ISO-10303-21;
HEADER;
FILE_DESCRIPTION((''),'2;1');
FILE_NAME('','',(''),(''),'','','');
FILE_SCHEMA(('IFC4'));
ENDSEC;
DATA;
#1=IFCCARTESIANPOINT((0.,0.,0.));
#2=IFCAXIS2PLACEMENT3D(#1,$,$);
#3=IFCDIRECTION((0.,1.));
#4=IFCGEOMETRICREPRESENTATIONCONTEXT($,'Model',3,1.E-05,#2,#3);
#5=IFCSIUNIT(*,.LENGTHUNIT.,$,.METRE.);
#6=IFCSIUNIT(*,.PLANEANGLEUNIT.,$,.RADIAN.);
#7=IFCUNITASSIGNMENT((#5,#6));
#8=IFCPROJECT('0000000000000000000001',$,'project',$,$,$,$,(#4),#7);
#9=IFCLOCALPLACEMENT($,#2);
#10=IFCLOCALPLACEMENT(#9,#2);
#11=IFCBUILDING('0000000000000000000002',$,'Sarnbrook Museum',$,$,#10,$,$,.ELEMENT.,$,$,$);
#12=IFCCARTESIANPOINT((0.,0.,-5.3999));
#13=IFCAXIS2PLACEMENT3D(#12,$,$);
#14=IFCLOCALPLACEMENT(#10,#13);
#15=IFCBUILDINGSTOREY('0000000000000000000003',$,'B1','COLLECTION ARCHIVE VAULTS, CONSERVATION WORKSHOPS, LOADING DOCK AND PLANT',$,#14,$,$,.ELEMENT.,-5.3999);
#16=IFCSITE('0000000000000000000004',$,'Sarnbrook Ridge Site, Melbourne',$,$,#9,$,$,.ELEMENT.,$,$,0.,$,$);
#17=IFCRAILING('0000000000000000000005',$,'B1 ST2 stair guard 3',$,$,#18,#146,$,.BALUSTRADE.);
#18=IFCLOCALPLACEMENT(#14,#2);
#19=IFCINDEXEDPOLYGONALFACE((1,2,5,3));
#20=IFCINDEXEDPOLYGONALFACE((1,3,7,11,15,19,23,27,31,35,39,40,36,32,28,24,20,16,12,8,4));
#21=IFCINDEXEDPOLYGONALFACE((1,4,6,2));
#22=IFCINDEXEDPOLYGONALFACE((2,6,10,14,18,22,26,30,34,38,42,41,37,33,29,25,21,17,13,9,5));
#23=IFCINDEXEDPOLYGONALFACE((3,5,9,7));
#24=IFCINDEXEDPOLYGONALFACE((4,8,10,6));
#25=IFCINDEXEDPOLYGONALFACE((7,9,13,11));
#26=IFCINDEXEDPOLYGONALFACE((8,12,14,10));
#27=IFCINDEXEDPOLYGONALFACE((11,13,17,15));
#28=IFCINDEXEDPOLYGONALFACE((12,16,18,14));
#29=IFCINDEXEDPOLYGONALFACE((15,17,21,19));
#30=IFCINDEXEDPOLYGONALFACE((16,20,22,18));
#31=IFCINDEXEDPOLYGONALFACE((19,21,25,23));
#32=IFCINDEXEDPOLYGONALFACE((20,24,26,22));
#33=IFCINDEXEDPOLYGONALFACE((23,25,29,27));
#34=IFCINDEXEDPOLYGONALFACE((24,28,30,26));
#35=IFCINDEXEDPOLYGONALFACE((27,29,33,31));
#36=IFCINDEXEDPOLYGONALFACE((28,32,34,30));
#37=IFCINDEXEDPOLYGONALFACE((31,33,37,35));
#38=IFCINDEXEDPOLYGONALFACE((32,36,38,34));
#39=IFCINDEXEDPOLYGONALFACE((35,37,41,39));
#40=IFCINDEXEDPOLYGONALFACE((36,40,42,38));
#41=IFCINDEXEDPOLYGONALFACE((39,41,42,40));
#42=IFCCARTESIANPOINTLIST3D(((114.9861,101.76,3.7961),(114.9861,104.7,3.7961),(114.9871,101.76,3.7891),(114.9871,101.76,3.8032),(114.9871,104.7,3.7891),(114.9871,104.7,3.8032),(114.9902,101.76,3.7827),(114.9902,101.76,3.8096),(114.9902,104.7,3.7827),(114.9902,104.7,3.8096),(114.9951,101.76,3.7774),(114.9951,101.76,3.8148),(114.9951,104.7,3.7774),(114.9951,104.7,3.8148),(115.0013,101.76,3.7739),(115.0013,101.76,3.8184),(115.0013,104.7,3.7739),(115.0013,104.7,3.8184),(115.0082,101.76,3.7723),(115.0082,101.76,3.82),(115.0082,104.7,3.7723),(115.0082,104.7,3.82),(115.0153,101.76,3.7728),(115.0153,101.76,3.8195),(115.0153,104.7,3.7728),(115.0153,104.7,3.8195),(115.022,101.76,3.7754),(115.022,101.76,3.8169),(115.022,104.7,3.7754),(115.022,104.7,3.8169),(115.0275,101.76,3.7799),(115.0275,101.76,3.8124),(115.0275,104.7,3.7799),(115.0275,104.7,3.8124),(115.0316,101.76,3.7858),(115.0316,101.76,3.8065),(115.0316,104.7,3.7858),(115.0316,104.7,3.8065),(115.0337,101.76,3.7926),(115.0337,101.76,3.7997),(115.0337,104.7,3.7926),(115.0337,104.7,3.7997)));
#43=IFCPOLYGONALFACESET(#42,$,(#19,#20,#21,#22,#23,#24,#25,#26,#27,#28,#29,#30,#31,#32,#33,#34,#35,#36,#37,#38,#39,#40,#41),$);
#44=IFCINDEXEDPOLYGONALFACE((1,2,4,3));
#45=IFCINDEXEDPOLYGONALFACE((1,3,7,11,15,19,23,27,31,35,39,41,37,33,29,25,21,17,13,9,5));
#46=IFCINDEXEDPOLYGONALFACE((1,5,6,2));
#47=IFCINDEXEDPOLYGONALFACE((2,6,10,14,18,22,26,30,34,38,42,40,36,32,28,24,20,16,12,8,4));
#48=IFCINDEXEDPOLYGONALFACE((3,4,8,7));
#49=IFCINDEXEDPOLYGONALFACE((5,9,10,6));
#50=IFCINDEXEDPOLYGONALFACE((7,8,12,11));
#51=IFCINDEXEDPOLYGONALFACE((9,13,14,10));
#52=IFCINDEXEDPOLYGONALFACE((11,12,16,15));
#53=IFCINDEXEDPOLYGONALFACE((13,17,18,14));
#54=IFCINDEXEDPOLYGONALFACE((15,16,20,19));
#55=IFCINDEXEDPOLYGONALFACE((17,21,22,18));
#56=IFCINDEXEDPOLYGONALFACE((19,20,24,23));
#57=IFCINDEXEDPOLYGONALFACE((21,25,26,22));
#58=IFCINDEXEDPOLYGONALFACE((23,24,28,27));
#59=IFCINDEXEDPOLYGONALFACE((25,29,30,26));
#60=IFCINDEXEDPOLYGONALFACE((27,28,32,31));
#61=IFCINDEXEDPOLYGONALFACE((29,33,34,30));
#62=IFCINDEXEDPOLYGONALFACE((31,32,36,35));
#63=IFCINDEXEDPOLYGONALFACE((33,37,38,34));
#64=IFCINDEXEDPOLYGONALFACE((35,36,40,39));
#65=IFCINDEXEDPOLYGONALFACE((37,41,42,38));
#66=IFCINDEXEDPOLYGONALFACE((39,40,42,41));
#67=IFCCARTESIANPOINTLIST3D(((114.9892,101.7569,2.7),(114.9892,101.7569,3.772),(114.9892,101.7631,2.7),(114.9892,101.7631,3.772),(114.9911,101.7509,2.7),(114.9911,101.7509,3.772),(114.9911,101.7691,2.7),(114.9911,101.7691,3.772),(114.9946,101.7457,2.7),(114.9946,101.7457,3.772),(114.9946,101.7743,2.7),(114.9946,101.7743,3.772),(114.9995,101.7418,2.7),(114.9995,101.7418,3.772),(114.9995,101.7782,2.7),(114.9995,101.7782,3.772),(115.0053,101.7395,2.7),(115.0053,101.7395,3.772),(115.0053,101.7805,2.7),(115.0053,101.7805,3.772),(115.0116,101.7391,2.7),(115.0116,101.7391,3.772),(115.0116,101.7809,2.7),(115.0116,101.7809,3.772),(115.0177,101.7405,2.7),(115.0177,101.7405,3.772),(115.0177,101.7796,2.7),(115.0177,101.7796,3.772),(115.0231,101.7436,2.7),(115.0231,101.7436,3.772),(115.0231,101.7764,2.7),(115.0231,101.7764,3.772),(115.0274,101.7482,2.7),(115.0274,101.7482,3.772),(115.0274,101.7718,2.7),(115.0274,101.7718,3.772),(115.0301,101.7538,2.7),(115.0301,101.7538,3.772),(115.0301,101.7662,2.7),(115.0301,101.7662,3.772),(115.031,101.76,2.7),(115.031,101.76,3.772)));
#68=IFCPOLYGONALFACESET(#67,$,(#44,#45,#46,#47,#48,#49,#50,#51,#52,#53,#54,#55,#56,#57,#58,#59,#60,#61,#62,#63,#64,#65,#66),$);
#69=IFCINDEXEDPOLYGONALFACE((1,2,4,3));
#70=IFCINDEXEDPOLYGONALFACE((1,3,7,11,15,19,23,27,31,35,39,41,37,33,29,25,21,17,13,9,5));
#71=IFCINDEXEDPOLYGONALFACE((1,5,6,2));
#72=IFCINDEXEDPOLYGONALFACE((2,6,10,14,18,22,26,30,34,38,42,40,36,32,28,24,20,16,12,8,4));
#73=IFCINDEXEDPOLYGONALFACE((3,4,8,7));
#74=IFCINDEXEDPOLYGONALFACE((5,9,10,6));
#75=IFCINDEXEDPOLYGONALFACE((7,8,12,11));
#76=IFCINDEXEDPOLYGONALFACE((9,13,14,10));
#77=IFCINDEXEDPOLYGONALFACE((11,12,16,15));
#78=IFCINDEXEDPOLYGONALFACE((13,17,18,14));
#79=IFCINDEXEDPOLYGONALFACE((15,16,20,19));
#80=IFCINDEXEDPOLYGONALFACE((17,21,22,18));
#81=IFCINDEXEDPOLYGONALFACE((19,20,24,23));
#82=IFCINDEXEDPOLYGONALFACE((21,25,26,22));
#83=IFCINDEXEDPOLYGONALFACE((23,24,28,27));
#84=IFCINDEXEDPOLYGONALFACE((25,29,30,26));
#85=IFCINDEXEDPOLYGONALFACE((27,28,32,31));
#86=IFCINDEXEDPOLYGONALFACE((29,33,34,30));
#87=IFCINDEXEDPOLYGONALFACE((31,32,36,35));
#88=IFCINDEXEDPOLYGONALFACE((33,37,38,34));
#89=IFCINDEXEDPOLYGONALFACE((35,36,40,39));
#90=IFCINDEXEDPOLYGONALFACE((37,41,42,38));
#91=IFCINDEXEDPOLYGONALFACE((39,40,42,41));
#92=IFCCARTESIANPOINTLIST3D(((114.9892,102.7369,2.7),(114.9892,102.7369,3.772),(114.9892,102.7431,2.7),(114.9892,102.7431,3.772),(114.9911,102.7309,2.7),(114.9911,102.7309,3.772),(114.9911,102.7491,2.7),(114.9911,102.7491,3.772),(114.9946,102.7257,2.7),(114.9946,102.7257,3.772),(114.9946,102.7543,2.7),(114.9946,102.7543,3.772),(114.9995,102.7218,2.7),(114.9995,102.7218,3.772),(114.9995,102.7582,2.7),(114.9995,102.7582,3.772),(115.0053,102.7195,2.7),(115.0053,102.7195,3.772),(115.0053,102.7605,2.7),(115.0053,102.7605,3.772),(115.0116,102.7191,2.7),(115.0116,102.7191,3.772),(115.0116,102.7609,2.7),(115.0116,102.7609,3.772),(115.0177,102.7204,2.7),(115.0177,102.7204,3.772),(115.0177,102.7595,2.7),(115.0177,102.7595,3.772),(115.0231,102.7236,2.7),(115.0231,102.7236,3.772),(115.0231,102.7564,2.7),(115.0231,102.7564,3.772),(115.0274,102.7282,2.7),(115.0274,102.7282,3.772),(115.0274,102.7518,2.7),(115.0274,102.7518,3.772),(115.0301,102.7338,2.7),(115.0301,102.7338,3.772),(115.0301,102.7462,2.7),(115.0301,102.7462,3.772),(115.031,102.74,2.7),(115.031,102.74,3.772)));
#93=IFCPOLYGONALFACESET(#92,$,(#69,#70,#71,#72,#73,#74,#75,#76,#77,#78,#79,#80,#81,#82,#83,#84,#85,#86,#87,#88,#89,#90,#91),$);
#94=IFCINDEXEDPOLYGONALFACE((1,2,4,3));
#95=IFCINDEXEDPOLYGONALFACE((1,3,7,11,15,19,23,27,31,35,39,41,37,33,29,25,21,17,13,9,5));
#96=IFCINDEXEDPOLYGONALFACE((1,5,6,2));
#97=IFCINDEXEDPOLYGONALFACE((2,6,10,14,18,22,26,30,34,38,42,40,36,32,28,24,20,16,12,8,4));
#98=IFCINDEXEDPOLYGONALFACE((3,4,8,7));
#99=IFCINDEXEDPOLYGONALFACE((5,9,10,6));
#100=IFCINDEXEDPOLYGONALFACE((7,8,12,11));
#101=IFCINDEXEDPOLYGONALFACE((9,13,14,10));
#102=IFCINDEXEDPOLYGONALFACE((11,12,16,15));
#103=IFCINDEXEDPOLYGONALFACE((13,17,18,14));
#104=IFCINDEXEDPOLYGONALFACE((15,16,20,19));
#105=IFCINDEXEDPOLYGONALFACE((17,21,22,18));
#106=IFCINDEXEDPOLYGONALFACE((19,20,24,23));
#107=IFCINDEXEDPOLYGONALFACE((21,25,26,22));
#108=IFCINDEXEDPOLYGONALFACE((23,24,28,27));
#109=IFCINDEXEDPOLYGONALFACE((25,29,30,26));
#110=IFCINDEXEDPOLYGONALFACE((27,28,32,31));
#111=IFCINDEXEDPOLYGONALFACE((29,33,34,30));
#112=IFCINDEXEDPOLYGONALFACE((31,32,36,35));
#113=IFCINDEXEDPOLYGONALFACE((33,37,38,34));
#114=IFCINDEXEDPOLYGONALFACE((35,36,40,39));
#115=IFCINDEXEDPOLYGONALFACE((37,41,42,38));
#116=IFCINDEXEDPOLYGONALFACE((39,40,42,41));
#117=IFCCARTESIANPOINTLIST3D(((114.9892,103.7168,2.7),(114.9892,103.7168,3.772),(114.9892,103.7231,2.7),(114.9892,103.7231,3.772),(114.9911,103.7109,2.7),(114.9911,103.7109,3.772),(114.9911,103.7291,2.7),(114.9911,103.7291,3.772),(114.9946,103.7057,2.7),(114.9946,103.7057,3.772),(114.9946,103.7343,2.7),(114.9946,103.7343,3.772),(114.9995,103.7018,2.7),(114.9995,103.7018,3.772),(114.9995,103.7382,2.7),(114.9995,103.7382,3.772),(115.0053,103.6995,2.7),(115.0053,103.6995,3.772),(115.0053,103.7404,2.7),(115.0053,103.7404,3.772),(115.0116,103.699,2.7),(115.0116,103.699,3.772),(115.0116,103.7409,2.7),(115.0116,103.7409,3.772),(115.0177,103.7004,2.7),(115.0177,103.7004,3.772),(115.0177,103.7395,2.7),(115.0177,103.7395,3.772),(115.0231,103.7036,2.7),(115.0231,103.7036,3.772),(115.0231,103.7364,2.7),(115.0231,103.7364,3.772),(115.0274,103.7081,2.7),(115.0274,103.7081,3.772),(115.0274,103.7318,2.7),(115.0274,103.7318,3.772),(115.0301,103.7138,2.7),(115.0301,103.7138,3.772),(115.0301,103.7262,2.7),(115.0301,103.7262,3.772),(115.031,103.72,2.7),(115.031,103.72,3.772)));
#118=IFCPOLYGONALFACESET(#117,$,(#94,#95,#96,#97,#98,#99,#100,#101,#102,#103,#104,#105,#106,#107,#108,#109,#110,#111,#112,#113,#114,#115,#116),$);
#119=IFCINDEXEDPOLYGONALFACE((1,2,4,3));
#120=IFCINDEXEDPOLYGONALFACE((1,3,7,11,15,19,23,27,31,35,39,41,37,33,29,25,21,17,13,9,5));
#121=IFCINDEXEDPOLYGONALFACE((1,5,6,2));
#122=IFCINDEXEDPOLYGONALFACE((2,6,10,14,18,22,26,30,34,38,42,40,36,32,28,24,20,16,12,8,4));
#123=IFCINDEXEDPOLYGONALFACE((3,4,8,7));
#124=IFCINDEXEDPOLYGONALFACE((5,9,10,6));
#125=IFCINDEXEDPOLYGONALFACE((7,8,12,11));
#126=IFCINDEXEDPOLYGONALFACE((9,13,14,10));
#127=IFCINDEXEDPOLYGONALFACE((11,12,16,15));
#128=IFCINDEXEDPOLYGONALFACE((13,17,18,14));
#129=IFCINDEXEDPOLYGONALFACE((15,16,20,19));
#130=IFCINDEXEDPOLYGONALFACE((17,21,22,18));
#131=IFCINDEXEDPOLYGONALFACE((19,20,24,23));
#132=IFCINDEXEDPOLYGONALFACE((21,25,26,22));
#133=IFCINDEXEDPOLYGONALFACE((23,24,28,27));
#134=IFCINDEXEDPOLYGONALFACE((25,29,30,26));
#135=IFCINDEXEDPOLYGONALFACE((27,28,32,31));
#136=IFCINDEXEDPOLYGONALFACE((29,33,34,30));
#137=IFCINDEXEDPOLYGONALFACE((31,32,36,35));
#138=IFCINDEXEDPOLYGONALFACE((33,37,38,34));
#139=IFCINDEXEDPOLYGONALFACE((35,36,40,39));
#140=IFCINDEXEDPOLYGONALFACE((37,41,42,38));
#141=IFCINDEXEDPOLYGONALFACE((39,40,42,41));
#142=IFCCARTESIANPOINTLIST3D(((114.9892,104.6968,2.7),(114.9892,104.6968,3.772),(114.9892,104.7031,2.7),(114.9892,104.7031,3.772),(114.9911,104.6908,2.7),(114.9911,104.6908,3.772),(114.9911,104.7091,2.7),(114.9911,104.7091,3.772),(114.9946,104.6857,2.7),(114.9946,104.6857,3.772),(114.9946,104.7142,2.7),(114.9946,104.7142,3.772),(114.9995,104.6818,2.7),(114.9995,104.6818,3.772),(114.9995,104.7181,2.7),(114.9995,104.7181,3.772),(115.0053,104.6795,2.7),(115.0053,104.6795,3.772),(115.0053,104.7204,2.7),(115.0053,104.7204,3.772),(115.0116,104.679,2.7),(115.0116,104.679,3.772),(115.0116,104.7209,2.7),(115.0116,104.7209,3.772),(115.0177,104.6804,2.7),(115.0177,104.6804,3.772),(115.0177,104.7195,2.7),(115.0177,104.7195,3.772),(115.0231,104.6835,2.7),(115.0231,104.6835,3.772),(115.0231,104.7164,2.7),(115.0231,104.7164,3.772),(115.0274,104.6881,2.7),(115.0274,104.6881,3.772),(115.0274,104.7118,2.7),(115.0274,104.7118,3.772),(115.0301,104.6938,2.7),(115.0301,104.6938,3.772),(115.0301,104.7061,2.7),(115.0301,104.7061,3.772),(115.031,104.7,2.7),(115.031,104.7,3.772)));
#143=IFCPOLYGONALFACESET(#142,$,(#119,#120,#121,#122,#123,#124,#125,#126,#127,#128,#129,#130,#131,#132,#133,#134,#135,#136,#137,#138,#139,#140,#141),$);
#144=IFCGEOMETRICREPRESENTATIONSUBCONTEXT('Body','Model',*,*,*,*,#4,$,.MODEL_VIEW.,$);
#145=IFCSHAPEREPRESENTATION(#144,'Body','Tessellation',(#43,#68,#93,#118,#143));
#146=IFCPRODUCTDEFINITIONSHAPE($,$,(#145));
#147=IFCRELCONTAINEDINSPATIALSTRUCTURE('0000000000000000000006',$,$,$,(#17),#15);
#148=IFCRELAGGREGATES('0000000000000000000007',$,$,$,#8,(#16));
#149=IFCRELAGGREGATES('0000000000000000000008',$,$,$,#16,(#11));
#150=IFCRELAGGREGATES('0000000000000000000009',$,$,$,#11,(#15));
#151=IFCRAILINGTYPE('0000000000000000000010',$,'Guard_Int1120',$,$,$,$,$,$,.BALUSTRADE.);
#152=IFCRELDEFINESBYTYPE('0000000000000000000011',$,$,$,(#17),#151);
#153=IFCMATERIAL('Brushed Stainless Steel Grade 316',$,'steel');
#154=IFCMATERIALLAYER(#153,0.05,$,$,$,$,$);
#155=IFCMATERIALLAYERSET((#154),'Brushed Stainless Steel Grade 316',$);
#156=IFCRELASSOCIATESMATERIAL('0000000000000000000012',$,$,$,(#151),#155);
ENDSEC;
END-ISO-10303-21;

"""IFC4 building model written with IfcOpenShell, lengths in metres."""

from ifc_helpers import new_model, si_unit, direction, frame, origin, origin_2d, place, context, subcontext, project, spatial, circle, extrude, material, layer, layer_set, type_object, element, save


model = new_model("IFC4")

# Units and contexts
model_context = context("Model", 3, precision=1e-05, world=origin(), true_north=direction((0.0, 1.0)))
body_context = subcontext(model_context, "Body", "Model", "MODEL_VIEW")
ifc_project = project(units=[si_unit("LENGTHUNIT", "METRE"), si_unit("PLANEANGLEUNIT", "RADIAN")], contexts=[model_context])

# Site, building, storey
site_placement = place(None, origin())
site = spatial("IfcSite", under=ifc_project, at=site_placement, Name="Sarnbrook Ridge Site, Melbourne", CompositionType="ELEMENT", RefElevation=0.0)
building_placement = place(site_placement, origin())
building = spatial("IfcBuilding", under=site, at=building_placement, Name="Sarnbrook Museum", CompositionType="ELEMENT")
storey_placement = place(building_placement, frame((0.0, 0.0, -5.3999)))
storey = spatial("IfcBuildingStorey", under=building, at=storey_placement, Name="B1", Description="COLLECTION ARCHIVE VAULTS, CONSERVATION WORKSHOPS, LOADING DOCK AND PLANT", CompositionType="ELEMENT", Elevation=-5.3999)

# Shared definitions
ifc_material_1 = material(Name="Brushed Stainless Steel Grade 316", Category="steel")

# Railing
ifc_layer_1 = layer(ifc_material_1, 0.05)
ifc_layer_set_1 = layer_set([ifc_layer_1], Name="Brushed Stainless Steel Grade 316")
railing_type_1 = type_object("IfcRailingType", Name="Guard_Int1120", PredefinedType="BALUSTRADE", material=ifc_layer_set_1)
railing_1_placement = place(storey_placement, frame((115.01, 101.76, 2.7)))
element("IfcRailing", 1, at=railing_1_placement, inside=storey, type_object=railing_type_1, Name="B1 ST2 stair guard 3", PredefinedType="BALUSTRADE", context=body_context, shape_type="SweptSolid", body=[
    extrude(circle(Radius=0.0239, at=origin_2d()), frame((0.0, 0.0, 1.0962), z_axis=(0.0, 1.0, 0.0), x_axis=(-1.0, 0.0, 0.0)), (0.0, 0.0, 1.0), 2.9399),
    extrude(circle(Radius=0.021, at=origin_2d()), origin(), (0.0, 0.0, 1.0), 1.072),
    extrude(circle(Radius=0.021, at=origin_2d()), frame((0.0, 0.98, 0.0)), (0.0, 0.0, 1.0), 1.072),
    extrude(circle(Radius=0.021, at=origin_2d()), frame((0.0, 1.96, 0.0)), (0.0, 0.0, 1.0), 1.072),
    extrude(circle(Radius=0.021, at=origin_2d()), frame((0.0, 2.9399, 0.0)), (0.0, 0.0, 1.0), 1.072),
])

save(model, "model.ifc")
